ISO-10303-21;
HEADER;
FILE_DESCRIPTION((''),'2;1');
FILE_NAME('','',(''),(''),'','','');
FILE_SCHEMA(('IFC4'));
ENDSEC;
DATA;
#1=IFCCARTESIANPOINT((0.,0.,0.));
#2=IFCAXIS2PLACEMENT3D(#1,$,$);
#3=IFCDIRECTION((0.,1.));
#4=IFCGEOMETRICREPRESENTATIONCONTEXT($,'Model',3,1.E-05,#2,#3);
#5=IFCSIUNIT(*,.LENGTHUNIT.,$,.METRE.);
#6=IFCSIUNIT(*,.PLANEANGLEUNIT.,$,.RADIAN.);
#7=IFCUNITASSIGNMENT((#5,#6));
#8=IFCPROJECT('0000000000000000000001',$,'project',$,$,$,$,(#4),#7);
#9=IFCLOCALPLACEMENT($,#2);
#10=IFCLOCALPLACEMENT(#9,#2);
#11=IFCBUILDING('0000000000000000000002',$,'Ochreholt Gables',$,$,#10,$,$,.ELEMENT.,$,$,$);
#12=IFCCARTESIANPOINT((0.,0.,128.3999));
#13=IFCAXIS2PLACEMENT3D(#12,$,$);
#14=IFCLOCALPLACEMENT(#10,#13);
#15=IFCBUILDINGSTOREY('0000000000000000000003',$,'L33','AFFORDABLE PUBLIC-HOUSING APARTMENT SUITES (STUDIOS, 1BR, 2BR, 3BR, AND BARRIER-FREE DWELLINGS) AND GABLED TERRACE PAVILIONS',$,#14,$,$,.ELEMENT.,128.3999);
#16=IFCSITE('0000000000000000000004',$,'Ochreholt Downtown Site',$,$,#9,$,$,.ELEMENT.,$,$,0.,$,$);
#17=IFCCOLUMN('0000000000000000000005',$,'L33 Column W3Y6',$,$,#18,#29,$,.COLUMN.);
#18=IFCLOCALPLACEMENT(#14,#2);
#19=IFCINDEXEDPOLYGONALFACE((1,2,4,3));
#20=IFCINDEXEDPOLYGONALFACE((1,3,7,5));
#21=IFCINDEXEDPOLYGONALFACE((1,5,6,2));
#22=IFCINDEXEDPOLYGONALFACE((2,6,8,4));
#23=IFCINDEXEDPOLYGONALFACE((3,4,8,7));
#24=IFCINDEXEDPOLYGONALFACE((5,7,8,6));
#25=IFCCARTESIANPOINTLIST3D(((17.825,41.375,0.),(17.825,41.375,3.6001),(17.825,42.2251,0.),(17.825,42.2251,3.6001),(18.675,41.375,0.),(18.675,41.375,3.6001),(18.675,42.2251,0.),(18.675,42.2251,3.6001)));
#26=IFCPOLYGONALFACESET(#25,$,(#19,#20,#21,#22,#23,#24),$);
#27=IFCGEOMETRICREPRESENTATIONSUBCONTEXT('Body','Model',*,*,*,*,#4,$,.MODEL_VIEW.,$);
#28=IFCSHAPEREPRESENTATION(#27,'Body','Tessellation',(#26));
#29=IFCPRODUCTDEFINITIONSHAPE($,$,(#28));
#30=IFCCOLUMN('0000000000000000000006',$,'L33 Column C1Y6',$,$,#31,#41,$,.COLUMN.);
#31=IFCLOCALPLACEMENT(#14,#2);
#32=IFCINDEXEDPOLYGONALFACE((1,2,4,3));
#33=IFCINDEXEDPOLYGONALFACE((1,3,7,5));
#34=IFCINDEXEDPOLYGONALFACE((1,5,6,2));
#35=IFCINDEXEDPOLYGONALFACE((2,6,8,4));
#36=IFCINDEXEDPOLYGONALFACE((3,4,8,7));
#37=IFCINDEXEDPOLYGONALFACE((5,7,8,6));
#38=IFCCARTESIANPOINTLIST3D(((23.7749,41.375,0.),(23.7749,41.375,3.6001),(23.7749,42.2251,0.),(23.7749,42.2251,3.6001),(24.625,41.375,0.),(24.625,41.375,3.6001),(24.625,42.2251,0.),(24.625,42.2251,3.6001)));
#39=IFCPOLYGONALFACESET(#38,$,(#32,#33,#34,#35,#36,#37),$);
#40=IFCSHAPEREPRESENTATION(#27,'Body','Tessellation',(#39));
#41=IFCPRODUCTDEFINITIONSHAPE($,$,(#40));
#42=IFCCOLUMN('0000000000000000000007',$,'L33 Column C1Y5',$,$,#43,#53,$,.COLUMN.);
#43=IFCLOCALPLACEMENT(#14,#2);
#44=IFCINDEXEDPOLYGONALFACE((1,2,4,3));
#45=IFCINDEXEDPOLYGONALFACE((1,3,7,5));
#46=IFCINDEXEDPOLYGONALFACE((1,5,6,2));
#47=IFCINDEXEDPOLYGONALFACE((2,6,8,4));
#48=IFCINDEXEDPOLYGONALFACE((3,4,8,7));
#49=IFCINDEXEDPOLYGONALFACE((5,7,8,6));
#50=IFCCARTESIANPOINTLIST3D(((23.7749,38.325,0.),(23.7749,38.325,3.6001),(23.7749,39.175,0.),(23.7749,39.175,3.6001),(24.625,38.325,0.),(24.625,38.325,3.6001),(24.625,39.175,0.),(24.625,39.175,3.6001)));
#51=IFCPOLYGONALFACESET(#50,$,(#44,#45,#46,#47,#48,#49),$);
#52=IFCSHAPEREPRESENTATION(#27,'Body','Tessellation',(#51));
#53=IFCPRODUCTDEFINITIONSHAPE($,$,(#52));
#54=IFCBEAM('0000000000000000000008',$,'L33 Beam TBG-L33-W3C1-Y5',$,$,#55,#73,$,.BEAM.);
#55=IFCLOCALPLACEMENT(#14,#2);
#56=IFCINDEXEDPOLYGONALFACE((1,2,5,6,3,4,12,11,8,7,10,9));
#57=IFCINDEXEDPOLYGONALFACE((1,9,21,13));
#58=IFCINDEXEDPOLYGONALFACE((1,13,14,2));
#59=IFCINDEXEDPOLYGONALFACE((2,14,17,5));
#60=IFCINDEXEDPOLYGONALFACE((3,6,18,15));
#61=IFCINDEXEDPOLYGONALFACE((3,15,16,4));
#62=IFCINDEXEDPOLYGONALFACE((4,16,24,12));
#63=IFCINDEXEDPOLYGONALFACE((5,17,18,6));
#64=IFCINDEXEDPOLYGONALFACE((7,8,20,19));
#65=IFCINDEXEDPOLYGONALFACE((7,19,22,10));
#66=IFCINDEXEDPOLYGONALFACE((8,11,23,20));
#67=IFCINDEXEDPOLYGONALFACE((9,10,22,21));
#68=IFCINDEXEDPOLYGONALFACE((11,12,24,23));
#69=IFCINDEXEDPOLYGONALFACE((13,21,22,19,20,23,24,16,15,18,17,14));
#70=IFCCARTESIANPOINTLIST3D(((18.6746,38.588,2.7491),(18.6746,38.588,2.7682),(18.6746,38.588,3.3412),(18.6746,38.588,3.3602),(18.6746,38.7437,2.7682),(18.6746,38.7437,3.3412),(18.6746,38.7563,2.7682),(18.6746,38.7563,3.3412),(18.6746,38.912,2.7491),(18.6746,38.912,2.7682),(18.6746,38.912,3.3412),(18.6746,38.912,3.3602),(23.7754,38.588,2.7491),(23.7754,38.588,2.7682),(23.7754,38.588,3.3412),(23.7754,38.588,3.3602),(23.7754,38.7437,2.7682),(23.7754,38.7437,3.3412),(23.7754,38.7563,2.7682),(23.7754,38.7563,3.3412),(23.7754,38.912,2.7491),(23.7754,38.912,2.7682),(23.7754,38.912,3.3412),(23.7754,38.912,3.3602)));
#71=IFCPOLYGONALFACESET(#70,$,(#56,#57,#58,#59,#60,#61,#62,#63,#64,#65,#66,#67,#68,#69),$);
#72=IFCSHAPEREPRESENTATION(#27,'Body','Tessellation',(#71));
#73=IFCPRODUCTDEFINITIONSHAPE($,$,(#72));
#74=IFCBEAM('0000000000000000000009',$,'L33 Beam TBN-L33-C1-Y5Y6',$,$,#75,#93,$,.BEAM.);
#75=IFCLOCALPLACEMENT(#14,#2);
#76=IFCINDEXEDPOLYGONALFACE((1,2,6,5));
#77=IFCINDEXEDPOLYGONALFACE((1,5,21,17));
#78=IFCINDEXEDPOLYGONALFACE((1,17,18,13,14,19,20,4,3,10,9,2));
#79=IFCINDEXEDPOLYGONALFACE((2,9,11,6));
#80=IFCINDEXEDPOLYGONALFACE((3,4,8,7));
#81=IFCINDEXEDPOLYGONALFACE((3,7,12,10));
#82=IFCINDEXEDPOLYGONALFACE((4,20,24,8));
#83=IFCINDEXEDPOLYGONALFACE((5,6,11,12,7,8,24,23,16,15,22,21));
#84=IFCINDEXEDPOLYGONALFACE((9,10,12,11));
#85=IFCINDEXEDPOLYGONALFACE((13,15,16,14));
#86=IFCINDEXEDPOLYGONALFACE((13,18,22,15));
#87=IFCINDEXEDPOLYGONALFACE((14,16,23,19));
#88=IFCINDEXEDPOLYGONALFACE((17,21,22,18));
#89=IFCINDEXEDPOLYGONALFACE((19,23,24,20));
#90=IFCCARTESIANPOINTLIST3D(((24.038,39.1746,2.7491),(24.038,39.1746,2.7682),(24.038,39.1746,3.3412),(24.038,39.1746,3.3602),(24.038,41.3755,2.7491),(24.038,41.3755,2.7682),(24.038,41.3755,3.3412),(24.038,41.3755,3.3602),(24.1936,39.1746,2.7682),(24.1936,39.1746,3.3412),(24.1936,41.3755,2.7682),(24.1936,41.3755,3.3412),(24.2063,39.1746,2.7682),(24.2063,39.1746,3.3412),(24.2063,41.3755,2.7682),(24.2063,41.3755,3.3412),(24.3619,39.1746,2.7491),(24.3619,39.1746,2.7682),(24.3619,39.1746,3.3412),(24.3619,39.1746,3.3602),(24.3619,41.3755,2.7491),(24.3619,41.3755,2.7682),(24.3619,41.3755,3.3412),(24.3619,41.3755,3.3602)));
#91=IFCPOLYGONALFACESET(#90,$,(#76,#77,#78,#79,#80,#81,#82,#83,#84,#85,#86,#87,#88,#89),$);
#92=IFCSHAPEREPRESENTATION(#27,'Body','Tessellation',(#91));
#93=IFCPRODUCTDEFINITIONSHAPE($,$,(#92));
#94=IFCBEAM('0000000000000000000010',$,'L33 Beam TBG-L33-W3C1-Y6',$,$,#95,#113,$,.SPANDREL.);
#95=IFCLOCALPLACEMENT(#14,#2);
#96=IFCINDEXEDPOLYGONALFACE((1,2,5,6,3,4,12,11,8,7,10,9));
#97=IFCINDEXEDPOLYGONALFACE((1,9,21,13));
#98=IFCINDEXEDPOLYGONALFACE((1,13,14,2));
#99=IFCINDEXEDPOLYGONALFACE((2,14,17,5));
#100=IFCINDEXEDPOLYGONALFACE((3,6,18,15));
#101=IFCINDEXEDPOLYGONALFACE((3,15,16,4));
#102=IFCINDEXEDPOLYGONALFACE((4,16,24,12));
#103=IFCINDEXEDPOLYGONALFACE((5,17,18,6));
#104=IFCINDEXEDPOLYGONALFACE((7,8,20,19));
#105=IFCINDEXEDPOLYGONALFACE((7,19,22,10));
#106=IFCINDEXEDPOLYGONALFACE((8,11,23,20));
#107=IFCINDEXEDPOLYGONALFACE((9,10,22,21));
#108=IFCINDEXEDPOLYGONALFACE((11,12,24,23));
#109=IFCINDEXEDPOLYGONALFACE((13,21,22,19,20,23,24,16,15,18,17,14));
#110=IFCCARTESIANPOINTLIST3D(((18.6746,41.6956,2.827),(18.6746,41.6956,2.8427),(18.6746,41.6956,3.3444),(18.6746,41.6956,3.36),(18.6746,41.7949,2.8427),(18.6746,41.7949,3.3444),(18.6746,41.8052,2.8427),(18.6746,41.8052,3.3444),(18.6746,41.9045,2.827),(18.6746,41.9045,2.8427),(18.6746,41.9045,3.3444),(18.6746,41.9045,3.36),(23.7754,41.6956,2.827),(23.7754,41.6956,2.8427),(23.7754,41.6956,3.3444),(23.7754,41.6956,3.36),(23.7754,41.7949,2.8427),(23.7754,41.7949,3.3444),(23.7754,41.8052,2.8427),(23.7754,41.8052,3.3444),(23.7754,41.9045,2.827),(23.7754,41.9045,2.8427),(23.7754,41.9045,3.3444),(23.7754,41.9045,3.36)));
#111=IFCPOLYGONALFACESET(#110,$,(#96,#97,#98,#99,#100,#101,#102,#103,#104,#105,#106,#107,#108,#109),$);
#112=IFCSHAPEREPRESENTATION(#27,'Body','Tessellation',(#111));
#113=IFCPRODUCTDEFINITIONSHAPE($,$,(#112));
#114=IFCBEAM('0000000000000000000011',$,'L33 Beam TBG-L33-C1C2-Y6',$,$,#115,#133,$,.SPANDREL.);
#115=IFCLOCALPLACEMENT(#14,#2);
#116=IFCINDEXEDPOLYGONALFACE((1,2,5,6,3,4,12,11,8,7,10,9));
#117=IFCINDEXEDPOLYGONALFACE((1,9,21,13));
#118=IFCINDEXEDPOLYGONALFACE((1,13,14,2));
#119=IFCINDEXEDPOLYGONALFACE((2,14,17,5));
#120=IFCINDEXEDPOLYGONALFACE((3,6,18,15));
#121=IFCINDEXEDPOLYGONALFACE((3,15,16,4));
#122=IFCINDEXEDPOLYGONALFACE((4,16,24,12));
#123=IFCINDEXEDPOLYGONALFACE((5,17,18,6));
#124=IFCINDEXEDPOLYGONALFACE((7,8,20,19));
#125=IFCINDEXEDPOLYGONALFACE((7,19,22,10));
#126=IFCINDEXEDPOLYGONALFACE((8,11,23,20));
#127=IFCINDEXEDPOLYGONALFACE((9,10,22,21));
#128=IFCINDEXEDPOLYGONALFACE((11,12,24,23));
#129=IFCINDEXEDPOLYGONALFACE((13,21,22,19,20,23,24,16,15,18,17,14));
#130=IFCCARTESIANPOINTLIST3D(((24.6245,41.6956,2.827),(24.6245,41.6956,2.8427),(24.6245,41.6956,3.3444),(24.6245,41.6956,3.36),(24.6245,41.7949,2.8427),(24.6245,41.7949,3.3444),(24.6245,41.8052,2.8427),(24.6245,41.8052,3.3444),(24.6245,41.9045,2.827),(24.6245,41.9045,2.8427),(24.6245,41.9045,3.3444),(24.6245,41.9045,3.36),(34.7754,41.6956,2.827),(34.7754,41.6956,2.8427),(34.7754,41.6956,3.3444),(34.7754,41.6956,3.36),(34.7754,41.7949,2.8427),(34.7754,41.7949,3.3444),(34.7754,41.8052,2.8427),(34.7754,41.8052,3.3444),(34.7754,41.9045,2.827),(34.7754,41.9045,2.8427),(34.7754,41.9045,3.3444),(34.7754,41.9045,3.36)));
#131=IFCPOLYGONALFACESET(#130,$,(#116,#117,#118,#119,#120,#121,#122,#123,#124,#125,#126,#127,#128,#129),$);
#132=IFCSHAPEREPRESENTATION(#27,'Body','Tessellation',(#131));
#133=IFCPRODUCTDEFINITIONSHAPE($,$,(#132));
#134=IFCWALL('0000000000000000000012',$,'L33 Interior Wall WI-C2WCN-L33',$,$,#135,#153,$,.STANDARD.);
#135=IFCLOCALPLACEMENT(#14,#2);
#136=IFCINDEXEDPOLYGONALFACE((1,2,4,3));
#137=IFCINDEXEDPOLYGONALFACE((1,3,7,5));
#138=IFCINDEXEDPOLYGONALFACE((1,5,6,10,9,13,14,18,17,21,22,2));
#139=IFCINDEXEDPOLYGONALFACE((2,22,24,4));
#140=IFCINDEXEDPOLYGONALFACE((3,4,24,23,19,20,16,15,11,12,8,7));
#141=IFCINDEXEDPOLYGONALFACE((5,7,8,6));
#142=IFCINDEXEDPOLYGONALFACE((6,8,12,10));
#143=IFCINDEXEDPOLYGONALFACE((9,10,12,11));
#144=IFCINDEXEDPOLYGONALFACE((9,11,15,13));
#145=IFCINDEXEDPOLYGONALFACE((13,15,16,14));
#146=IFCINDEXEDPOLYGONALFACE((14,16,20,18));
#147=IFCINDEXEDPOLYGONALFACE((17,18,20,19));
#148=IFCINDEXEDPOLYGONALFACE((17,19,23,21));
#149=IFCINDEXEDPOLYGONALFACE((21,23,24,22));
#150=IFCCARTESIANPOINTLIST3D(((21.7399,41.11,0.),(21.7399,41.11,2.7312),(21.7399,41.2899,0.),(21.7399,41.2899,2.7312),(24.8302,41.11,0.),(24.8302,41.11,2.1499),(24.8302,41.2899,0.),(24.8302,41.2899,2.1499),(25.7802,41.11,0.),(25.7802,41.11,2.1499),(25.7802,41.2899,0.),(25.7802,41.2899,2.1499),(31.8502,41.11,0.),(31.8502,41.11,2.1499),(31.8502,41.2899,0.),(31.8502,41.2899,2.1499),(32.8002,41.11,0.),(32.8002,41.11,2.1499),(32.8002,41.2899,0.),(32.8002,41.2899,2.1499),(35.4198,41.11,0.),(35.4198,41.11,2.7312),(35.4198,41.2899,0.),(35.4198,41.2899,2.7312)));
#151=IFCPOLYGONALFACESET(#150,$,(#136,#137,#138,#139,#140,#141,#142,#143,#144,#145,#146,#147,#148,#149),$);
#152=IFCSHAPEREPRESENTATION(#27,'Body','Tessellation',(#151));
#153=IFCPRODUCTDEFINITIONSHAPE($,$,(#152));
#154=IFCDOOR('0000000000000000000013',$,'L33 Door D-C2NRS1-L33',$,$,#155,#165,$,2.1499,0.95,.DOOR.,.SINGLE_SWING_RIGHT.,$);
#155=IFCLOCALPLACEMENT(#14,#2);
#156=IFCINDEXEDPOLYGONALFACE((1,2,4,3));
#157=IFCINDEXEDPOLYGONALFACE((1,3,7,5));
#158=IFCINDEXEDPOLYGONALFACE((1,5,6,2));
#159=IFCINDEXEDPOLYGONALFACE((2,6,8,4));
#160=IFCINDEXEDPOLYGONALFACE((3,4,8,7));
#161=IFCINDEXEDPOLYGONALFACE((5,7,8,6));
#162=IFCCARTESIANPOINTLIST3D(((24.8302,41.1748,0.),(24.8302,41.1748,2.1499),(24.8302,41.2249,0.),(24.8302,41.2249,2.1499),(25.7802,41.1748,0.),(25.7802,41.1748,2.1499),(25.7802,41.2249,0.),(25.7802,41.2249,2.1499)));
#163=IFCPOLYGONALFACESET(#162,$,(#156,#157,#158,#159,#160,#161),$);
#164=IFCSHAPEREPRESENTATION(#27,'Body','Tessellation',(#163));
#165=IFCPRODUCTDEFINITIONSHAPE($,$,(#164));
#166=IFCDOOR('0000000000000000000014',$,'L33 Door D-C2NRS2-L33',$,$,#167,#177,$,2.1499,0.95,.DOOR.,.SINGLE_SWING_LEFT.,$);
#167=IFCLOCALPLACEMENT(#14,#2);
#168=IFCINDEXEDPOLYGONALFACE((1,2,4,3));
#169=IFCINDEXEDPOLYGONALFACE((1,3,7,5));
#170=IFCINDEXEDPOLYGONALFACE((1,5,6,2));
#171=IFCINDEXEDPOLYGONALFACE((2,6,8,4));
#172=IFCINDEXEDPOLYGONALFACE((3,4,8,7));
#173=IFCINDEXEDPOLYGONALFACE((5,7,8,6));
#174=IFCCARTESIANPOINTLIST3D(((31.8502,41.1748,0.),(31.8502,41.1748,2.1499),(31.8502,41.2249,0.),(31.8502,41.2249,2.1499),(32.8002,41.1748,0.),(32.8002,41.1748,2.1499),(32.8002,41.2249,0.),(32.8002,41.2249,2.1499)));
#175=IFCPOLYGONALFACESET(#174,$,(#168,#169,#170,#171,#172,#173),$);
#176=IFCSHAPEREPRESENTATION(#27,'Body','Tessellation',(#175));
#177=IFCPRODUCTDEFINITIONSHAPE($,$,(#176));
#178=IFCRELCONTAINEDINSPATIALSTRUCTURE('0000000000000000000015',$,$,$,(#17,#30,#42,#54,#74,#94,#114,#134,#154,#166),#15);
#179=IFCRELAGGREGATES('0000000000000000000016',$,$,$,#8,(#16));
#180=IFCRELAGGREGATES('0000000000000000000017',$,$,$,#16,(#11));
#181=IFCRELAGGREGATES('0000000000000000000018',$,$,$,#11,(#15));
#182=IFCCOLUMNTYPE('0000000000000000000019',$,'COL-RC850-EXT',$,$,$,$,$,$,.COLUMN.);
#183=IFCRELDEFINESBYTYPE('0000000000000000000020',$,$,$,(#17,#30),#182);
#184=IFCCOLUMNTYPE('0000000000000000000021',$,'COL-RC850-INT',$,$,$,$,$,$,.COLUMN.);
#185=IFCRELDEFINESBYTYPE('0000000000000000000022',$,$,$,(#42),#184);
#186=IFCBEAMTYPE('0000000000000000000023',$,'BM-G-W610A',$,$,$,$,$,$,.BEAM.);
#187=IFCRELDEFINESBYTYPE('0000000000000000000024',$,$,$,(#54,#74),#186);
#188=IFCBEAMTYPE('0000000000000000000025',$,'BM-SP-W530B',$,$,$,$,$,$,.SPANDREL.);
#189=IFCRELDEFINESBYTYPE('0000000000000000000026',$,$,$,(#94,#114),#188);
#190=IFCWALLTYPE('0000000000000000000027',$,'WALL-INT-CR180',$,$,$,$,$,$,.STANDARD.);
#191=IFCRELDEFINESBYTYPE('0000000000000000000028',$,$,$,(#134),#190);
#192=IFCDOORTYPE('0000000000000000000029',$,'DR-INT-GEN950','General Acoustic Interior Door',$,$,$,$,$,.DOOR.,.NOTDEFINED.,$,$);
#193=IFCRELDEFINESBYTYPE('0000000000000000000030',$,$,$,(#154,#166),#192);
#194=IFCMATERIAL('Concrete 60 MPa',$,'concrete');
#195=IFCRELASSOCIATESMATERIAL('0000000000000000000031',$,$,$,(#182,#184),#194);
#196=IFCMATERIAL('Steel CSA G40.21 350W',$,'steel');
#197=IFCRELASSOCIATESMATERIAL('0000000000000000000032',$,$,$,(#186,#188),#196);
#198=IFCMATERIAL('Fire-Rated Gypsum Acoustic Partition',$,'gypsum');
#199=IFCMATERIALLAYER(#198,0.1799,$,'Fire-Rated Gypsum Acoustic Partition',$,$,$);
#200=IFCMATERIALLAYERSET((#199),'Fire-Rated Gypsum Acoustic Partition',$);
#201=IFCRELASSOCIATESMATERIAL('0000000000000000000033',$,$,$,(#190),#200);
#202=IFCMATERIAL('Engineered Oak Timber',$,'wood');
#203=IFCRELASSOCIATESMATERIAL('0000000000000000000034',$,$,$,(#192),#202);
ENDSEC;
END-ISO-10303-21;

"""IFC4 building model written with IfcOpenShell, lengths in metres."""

from ifc_helpers import new_model, si_unit, direction, frame, frame_2d, origin, origin_2d, place, context, subcontext, project, spatial, rectangle, i_section, extrude, material, layer, layer_set, material_profile, profile_set, type_object, element, fill, save


model = new_model("IFC4")

# Units and contexts
model_context = context("Model", 3, precision=1e-05, world=origin(), true_north=direction((0.0, 1.0)))
body_context = subcontext(model_context, "Body", "Model", "MODEL_VIEW")
ifc_project = project(units=[si_unit("LENGTHUNIT", "METRE"), si_unit("PLANEANGLEUNIT", "RADIAN")], contexts=[model_context])

# Site, building, storey
site_placement = place(None, origin())
site = spatial("IfcSite", under=ifc_project, at=site_placement, Name="Ochreholt Downtown Site", CompositionType="ELEMENT", RefElevation=0.0)
building_placement = place(site_placement, origin())
building = spatial("IfcBuilding", under=site, at=building_placement, Name="Ochreholt Gables", CompositionType="ELEMENT")
storey_placement = place(building_placement, frame((0.0, 0.0, 128.3999)))
storey = spatial("IfcBuildingStorey", under=building, at=storey_placement, Name="L33", Description="AFFORDABLE PUBLIC-HOUSING APARTMENT SUITES (STUDIOS, 1BR, 2BR, 3BR, AND BARRIER-FREE DWELLINGS) AND GABLED TERRACE PAVILIONS", CompositionType="ELEMENT", Elevation=128.3999)

# Columns
ifc_material_1 = material(Name="Concrete 60 MPa", Category="concrete")
ifc_material_profile_1 = material_profile(ifc_material_1, rectangle(XDim=0.8501, YDim=0.8501, at=origin_2d()), Name="RC850X850")
ifc_profile_set_1 = profile_set([ifc_material_profile_1], Name="Concrete 60 MPa")
column_type_1 = type_object("IfcColumnType", Name="COL-RC850-EXT", PredefinedType="COLUMN", material=ifc_profile_set_1)
for number, where, z_axis, x_axis, name in (
    (1, (18.25, 41.8, 0.0), (0.0, 0.0, 1.0), (1.0, 0.0, 0.0), "L33 Column W3Y6"),
    (2, (24.2, 41.8, 0.0), (0.0, 0.0, 1.0), (1.0, 0.0, 0.0), "L33 Column C1Y6"),
):
    element("IfcColumn", number, at=place(storey_placement, frame(where, z_axis=z_axis, x_axis=x_axis)), inside=storey, type_object=column_type_1, Name=name, PredefinedType="COLUMN", context=body_context, shape_type="SweptSolid", body=[
        extrude(rectangle(XDim=0.8501, YDim=0.8501, at=origin_2d()), origin(), (0.0, 0.0, 1.0), 3.6001),
    ])
ifc_material_profile_2 = material_profile(ifc_material_1, rectangle(XDim=0.8501, YDim=0.8501, at=origin_2d()), Name="RC850X850")
ifc_profile_set_2 = profile_set([ifc_material_profile_2], Name="Concrete 60 MPa")
column_type_2 = type_object("IfcColumnType", Name="COL-RC850-INT", PredefinedType="COLUMN", material=ifc_profile_set_2)
column_placement = place(storey_placement, frame((24.2, 38.75, 0.0), z_axis=(0.0, 0.0, 1.0), x_axis=(1.0, 0.0, 0.0)))
element("IfcColumn", 3, at=column_placement, inside=storey, type_object=column_type_2, Name="L33 Column C1Y5", PredefinedType="COLUMN", context=body_context, shape_type="SweptSolid", body=[
    extrude(rectangle(XDim=0.8501, YDim=0.8501, at=origin_2d()), origin(), (0.0, 0.0, 1.0), 3.6001),
])

# Beams
ifc_material_2 = material(Name="Steel CSA G40.21 350W", Category="steel")
ifc_material_profile_3 = material_profile(ifc_material_2, i_section(OverallWidth=0.324, OverallDepth=0.6111, WebThickness=0.0127, FlangeThickness=0.019, at=origin_2d()), Name="W610X155")
ifc_profile_set_3 = profile_set([ifc_material_profile_3], Name="Steel CSA G40.21 350W")
beam_type_1 = type_object("IfcBeamType", Name="BM-G-W610A", PredefinedType="BEAM", material=ifc_profile_set_3)
beam_1_placement = place(storey_placement, frame((18.6746, 38.75, 3.0547), z_axis=(1.0, 0.0, 0.0), x_axis=(0.0, 1.0, 0.0)))
element("IfcBeam", 4, at=beam_1_placement, inside=storey, type_object=beam_type_1, Name="L33 Beam TBG-L33-W3C1-Y5", PredefinedType="BEAM", context=body_context, shape_type="SweptSolid", body=[
    extrude(i_section(OverallWidth=0.324, OverallDepth=0.6111, WebThickness=0.0127, FlangeThickness=0.019, at=origin_2d()), origin(), (0.0, 0.0, 1.0), 5.1008),
])
beam_2_placement = place(storey_placement, frame((24.2, 39.1746, 3.0547), z_axis=(0.0, 1.0, 0.0), x_axis=(-1.0, 0.0, 0.0)))
element("IfcBeam", 5, at=beam_2_placement, inside=storey, type_object=beam_type_1, Name="L33 Beam TBN-L33-C1-Y5Y6", PredefinedType="BEAM", context=body_context, shape_type="SweptSolid", body=[
    extrude(i_section(OverallWidth=0.324, OverallDepth=0.6111, WebThickness=0.0127, FlangeThickness=0.019, at=origin_2d()), origin(), (0.0, 0.0, 1.0), 2.2009),
])
ifc_material_profile_4 = material_profile(ifc_material_2, i_section(OverallWidth=0.209, OverallDepth=0.533, WebThickness=0.0103, FlangeThickness=0.0156, at=origin_2d()), Name="W530X92")
ifc_profile_set_4 = profile_set([ifc_material_profile_4], Name="Steel CSA G40.21 350W")
beam_type_2 = type_object("IfcBeamType", Name="BM-SP-W530B", PredefinedType="SPANDREL", material=ifc_profile_set_4)
beam_3_placement = place(storey_placement, frame((18.6746, 41.8, 3.0935), z_axis=(1.0, 0.0, 0.0), x_axis=(0.0, 1.0, 0.0)))
element("IfcBeam", 6, at=beam_3_placement, inside=storey, type_object=beam_type_2, Name="L33 Beam TBG-L33-W3C1-Y6", PredefinedType="SPANDREL", context=body_context, shape_type="SweptSolid", body=[
    extrude(i_section(OverallWidth=0.209, OverallDepth=0.533, WebThickness=0.0103, FlangeThickness=0.0156, at=origin_2d()), origin(), (0.0, 0.0, 1.0), 5.1008),
])
beam_4_placement = place(storey_placement, frame((24.6245, 41.8, 3.0935), z_axis=(1.0, 0.0, 0.0), x_axis=(0.0, 1.0, 0.0)))
element("IfcBeam", 7, at=beam_4_placement, inside=storey, type_object=beam_type_2, Name="L33 Beam TBG-L33-C1C2-Y6", PredefinedType="SPANDREL", context=body_context, shape_type="SweptSolid", body=[
    extrude(i_section(OverallWidth=0.209, OverallDepth=0.533, WebThickness=0.0103, FlangeThickness=0.0156, at=origin_2d()), origin(), (0.0, 0.0, 1.0), 10.1509),
])

# Wall, openings, doors
ifc_material_3 = material(Name="Fire-Rated Gypsum Acoustic Partition", Category="gypsum")
ifc_layer_1 = layer(ifc_material_3, 0.1799, Name="Fire-Rated Gypsum Acoustic Partition")
ifc_layer_set_1 = layer_set([ifc_layer_1], Name="Fire-Rated Gypsum Acoustic Partition")
wall_type_1 = type_object("IfcWallType", Name="WALL-INT-CR180", PredefinedType="STANDARD", material=ifc_layer_set_1)
wall_1_placement = place(storey_placement, frame((21.74, 41.2, 0.0), z_axis=(0.0, 0.0, 1.0), x_axis=(1.0, 0.0, 0.0)))
wall_1 = element("IfcWall", 8, at=wall_1_placement, inside=storey, type_object=wall_type_1, Name="L33 Interior Wall WI-C2WCN-L33", PredefinedType="STANDARD", context=body_context, shape_type="SweptSolid", body=[
    extrude(rectangle(XDim=13.6799, YDim=0.1799, at=frame_2d((6.8398, 0.0))), origin(), (0.0, 0.0, 1.0), 2.7312),
])
opening_1_placement = place(wall_1_placement, frame((3.0901, 0.0, 0.0)))
opening_1 = element("IfcOpeningElement", 9, at=opening_1_placement, cuts=wall_1, PredefinedType="OPENING", context=body_context, shape_type="SweptSolid", body=[
    extrude(rectangle(XDim=0.95, YDim=2.1499, at=frame_2d((0.4751, 1.075))), frame((0.0, 0.0999, 0.0), z_axis=(0.0, -1.0, 0.0), x_axis=(1.0, 0.0, 0.0)), (0.0, 0.0, 1.0), 0.2),
])
opening_2_placement = place(wall_1_placement, frame((10.1101, 0.0, 0.0)))
opening_2 = element("IfcOpeningElement", 10, at=opening_2_placement, cuts=wall_1, PredefinedType="OPENING", context=body_context, shape_type="SweptSolid", body=[
    extrude(rectangle(XDim=0.95, YDim=2.1499, at=frame_2d((0.4751, 1.075))), frame((0.0, 0.0999, 0.0), z_axis=(0.0, -1.0, 0.0), x_axis=(1.0, 0.0, 0.0)), (0.0, 0.0, 1.0), 0.2),
])
ifc_material_4 = material(Name="Engineered Oak Timber", Category="wood")
door_type_1 = type_object("IfcDoorType", Name="DR-INT-GEN950", Description="General Acoustic Interior Door", OperationType="NOTDEFINED", PredefinedType="DOOR", material=ifc_material_4)
door_1_placement = place(opening_1_placement, origin())
door_1 = element("IfcDoor", 11, at=door_1_placement, inside=storey, type_object=door_type_1, Name="L33 Door D-C2NRS1-L33", OperationType="SINGLE_SWING_RIGHT", OverallHeight=2.1499, OverallWidth=0.95, PredefinedType="DOOR", context=body_context, shape_type="SweptSolid", body=[
    extrude(rectangle(XDim=0.95, YDim=2.1499, at=frame_2d((0.4751, 1.075))), frame((0.0, 0.0249, 0.0), z_axis=(0.0, -1.0, 0.0), x_axis=(1.0, 0.0, 0.0)), (0.0, 0.0, 1.0), 0.05),
])
fill(opening_1, door_1)
door_2_placement = place(opening_2_placement, origin())
door_2 = element("IfcDoor", 12, at=door_2_placement, inside=storey, type_object=door_type_1, Name="L33 Door D-C2NRS2-L33", OperationType="SINGLE_SWING_LEFT", OverallHeight=2.1499, OverallWidth=0.95, PredefinedType="DOOR", context=body_context, shape_type="SweptSolid", body=[
    extrude(rectangle(XDim=0.95, YDim=2.1499, at=frame_2d((0.4751, 1.075))), frame((0.0, 0.0249, 0.0), z_axis=(0.0, -1.0, 0.0), x_axis=(1.0, 0.0, 0.0)), (0.0, 0.0, 1.0), 0.05),
])
fill(opening_2, door_2)

save(model, "model.ifc")
